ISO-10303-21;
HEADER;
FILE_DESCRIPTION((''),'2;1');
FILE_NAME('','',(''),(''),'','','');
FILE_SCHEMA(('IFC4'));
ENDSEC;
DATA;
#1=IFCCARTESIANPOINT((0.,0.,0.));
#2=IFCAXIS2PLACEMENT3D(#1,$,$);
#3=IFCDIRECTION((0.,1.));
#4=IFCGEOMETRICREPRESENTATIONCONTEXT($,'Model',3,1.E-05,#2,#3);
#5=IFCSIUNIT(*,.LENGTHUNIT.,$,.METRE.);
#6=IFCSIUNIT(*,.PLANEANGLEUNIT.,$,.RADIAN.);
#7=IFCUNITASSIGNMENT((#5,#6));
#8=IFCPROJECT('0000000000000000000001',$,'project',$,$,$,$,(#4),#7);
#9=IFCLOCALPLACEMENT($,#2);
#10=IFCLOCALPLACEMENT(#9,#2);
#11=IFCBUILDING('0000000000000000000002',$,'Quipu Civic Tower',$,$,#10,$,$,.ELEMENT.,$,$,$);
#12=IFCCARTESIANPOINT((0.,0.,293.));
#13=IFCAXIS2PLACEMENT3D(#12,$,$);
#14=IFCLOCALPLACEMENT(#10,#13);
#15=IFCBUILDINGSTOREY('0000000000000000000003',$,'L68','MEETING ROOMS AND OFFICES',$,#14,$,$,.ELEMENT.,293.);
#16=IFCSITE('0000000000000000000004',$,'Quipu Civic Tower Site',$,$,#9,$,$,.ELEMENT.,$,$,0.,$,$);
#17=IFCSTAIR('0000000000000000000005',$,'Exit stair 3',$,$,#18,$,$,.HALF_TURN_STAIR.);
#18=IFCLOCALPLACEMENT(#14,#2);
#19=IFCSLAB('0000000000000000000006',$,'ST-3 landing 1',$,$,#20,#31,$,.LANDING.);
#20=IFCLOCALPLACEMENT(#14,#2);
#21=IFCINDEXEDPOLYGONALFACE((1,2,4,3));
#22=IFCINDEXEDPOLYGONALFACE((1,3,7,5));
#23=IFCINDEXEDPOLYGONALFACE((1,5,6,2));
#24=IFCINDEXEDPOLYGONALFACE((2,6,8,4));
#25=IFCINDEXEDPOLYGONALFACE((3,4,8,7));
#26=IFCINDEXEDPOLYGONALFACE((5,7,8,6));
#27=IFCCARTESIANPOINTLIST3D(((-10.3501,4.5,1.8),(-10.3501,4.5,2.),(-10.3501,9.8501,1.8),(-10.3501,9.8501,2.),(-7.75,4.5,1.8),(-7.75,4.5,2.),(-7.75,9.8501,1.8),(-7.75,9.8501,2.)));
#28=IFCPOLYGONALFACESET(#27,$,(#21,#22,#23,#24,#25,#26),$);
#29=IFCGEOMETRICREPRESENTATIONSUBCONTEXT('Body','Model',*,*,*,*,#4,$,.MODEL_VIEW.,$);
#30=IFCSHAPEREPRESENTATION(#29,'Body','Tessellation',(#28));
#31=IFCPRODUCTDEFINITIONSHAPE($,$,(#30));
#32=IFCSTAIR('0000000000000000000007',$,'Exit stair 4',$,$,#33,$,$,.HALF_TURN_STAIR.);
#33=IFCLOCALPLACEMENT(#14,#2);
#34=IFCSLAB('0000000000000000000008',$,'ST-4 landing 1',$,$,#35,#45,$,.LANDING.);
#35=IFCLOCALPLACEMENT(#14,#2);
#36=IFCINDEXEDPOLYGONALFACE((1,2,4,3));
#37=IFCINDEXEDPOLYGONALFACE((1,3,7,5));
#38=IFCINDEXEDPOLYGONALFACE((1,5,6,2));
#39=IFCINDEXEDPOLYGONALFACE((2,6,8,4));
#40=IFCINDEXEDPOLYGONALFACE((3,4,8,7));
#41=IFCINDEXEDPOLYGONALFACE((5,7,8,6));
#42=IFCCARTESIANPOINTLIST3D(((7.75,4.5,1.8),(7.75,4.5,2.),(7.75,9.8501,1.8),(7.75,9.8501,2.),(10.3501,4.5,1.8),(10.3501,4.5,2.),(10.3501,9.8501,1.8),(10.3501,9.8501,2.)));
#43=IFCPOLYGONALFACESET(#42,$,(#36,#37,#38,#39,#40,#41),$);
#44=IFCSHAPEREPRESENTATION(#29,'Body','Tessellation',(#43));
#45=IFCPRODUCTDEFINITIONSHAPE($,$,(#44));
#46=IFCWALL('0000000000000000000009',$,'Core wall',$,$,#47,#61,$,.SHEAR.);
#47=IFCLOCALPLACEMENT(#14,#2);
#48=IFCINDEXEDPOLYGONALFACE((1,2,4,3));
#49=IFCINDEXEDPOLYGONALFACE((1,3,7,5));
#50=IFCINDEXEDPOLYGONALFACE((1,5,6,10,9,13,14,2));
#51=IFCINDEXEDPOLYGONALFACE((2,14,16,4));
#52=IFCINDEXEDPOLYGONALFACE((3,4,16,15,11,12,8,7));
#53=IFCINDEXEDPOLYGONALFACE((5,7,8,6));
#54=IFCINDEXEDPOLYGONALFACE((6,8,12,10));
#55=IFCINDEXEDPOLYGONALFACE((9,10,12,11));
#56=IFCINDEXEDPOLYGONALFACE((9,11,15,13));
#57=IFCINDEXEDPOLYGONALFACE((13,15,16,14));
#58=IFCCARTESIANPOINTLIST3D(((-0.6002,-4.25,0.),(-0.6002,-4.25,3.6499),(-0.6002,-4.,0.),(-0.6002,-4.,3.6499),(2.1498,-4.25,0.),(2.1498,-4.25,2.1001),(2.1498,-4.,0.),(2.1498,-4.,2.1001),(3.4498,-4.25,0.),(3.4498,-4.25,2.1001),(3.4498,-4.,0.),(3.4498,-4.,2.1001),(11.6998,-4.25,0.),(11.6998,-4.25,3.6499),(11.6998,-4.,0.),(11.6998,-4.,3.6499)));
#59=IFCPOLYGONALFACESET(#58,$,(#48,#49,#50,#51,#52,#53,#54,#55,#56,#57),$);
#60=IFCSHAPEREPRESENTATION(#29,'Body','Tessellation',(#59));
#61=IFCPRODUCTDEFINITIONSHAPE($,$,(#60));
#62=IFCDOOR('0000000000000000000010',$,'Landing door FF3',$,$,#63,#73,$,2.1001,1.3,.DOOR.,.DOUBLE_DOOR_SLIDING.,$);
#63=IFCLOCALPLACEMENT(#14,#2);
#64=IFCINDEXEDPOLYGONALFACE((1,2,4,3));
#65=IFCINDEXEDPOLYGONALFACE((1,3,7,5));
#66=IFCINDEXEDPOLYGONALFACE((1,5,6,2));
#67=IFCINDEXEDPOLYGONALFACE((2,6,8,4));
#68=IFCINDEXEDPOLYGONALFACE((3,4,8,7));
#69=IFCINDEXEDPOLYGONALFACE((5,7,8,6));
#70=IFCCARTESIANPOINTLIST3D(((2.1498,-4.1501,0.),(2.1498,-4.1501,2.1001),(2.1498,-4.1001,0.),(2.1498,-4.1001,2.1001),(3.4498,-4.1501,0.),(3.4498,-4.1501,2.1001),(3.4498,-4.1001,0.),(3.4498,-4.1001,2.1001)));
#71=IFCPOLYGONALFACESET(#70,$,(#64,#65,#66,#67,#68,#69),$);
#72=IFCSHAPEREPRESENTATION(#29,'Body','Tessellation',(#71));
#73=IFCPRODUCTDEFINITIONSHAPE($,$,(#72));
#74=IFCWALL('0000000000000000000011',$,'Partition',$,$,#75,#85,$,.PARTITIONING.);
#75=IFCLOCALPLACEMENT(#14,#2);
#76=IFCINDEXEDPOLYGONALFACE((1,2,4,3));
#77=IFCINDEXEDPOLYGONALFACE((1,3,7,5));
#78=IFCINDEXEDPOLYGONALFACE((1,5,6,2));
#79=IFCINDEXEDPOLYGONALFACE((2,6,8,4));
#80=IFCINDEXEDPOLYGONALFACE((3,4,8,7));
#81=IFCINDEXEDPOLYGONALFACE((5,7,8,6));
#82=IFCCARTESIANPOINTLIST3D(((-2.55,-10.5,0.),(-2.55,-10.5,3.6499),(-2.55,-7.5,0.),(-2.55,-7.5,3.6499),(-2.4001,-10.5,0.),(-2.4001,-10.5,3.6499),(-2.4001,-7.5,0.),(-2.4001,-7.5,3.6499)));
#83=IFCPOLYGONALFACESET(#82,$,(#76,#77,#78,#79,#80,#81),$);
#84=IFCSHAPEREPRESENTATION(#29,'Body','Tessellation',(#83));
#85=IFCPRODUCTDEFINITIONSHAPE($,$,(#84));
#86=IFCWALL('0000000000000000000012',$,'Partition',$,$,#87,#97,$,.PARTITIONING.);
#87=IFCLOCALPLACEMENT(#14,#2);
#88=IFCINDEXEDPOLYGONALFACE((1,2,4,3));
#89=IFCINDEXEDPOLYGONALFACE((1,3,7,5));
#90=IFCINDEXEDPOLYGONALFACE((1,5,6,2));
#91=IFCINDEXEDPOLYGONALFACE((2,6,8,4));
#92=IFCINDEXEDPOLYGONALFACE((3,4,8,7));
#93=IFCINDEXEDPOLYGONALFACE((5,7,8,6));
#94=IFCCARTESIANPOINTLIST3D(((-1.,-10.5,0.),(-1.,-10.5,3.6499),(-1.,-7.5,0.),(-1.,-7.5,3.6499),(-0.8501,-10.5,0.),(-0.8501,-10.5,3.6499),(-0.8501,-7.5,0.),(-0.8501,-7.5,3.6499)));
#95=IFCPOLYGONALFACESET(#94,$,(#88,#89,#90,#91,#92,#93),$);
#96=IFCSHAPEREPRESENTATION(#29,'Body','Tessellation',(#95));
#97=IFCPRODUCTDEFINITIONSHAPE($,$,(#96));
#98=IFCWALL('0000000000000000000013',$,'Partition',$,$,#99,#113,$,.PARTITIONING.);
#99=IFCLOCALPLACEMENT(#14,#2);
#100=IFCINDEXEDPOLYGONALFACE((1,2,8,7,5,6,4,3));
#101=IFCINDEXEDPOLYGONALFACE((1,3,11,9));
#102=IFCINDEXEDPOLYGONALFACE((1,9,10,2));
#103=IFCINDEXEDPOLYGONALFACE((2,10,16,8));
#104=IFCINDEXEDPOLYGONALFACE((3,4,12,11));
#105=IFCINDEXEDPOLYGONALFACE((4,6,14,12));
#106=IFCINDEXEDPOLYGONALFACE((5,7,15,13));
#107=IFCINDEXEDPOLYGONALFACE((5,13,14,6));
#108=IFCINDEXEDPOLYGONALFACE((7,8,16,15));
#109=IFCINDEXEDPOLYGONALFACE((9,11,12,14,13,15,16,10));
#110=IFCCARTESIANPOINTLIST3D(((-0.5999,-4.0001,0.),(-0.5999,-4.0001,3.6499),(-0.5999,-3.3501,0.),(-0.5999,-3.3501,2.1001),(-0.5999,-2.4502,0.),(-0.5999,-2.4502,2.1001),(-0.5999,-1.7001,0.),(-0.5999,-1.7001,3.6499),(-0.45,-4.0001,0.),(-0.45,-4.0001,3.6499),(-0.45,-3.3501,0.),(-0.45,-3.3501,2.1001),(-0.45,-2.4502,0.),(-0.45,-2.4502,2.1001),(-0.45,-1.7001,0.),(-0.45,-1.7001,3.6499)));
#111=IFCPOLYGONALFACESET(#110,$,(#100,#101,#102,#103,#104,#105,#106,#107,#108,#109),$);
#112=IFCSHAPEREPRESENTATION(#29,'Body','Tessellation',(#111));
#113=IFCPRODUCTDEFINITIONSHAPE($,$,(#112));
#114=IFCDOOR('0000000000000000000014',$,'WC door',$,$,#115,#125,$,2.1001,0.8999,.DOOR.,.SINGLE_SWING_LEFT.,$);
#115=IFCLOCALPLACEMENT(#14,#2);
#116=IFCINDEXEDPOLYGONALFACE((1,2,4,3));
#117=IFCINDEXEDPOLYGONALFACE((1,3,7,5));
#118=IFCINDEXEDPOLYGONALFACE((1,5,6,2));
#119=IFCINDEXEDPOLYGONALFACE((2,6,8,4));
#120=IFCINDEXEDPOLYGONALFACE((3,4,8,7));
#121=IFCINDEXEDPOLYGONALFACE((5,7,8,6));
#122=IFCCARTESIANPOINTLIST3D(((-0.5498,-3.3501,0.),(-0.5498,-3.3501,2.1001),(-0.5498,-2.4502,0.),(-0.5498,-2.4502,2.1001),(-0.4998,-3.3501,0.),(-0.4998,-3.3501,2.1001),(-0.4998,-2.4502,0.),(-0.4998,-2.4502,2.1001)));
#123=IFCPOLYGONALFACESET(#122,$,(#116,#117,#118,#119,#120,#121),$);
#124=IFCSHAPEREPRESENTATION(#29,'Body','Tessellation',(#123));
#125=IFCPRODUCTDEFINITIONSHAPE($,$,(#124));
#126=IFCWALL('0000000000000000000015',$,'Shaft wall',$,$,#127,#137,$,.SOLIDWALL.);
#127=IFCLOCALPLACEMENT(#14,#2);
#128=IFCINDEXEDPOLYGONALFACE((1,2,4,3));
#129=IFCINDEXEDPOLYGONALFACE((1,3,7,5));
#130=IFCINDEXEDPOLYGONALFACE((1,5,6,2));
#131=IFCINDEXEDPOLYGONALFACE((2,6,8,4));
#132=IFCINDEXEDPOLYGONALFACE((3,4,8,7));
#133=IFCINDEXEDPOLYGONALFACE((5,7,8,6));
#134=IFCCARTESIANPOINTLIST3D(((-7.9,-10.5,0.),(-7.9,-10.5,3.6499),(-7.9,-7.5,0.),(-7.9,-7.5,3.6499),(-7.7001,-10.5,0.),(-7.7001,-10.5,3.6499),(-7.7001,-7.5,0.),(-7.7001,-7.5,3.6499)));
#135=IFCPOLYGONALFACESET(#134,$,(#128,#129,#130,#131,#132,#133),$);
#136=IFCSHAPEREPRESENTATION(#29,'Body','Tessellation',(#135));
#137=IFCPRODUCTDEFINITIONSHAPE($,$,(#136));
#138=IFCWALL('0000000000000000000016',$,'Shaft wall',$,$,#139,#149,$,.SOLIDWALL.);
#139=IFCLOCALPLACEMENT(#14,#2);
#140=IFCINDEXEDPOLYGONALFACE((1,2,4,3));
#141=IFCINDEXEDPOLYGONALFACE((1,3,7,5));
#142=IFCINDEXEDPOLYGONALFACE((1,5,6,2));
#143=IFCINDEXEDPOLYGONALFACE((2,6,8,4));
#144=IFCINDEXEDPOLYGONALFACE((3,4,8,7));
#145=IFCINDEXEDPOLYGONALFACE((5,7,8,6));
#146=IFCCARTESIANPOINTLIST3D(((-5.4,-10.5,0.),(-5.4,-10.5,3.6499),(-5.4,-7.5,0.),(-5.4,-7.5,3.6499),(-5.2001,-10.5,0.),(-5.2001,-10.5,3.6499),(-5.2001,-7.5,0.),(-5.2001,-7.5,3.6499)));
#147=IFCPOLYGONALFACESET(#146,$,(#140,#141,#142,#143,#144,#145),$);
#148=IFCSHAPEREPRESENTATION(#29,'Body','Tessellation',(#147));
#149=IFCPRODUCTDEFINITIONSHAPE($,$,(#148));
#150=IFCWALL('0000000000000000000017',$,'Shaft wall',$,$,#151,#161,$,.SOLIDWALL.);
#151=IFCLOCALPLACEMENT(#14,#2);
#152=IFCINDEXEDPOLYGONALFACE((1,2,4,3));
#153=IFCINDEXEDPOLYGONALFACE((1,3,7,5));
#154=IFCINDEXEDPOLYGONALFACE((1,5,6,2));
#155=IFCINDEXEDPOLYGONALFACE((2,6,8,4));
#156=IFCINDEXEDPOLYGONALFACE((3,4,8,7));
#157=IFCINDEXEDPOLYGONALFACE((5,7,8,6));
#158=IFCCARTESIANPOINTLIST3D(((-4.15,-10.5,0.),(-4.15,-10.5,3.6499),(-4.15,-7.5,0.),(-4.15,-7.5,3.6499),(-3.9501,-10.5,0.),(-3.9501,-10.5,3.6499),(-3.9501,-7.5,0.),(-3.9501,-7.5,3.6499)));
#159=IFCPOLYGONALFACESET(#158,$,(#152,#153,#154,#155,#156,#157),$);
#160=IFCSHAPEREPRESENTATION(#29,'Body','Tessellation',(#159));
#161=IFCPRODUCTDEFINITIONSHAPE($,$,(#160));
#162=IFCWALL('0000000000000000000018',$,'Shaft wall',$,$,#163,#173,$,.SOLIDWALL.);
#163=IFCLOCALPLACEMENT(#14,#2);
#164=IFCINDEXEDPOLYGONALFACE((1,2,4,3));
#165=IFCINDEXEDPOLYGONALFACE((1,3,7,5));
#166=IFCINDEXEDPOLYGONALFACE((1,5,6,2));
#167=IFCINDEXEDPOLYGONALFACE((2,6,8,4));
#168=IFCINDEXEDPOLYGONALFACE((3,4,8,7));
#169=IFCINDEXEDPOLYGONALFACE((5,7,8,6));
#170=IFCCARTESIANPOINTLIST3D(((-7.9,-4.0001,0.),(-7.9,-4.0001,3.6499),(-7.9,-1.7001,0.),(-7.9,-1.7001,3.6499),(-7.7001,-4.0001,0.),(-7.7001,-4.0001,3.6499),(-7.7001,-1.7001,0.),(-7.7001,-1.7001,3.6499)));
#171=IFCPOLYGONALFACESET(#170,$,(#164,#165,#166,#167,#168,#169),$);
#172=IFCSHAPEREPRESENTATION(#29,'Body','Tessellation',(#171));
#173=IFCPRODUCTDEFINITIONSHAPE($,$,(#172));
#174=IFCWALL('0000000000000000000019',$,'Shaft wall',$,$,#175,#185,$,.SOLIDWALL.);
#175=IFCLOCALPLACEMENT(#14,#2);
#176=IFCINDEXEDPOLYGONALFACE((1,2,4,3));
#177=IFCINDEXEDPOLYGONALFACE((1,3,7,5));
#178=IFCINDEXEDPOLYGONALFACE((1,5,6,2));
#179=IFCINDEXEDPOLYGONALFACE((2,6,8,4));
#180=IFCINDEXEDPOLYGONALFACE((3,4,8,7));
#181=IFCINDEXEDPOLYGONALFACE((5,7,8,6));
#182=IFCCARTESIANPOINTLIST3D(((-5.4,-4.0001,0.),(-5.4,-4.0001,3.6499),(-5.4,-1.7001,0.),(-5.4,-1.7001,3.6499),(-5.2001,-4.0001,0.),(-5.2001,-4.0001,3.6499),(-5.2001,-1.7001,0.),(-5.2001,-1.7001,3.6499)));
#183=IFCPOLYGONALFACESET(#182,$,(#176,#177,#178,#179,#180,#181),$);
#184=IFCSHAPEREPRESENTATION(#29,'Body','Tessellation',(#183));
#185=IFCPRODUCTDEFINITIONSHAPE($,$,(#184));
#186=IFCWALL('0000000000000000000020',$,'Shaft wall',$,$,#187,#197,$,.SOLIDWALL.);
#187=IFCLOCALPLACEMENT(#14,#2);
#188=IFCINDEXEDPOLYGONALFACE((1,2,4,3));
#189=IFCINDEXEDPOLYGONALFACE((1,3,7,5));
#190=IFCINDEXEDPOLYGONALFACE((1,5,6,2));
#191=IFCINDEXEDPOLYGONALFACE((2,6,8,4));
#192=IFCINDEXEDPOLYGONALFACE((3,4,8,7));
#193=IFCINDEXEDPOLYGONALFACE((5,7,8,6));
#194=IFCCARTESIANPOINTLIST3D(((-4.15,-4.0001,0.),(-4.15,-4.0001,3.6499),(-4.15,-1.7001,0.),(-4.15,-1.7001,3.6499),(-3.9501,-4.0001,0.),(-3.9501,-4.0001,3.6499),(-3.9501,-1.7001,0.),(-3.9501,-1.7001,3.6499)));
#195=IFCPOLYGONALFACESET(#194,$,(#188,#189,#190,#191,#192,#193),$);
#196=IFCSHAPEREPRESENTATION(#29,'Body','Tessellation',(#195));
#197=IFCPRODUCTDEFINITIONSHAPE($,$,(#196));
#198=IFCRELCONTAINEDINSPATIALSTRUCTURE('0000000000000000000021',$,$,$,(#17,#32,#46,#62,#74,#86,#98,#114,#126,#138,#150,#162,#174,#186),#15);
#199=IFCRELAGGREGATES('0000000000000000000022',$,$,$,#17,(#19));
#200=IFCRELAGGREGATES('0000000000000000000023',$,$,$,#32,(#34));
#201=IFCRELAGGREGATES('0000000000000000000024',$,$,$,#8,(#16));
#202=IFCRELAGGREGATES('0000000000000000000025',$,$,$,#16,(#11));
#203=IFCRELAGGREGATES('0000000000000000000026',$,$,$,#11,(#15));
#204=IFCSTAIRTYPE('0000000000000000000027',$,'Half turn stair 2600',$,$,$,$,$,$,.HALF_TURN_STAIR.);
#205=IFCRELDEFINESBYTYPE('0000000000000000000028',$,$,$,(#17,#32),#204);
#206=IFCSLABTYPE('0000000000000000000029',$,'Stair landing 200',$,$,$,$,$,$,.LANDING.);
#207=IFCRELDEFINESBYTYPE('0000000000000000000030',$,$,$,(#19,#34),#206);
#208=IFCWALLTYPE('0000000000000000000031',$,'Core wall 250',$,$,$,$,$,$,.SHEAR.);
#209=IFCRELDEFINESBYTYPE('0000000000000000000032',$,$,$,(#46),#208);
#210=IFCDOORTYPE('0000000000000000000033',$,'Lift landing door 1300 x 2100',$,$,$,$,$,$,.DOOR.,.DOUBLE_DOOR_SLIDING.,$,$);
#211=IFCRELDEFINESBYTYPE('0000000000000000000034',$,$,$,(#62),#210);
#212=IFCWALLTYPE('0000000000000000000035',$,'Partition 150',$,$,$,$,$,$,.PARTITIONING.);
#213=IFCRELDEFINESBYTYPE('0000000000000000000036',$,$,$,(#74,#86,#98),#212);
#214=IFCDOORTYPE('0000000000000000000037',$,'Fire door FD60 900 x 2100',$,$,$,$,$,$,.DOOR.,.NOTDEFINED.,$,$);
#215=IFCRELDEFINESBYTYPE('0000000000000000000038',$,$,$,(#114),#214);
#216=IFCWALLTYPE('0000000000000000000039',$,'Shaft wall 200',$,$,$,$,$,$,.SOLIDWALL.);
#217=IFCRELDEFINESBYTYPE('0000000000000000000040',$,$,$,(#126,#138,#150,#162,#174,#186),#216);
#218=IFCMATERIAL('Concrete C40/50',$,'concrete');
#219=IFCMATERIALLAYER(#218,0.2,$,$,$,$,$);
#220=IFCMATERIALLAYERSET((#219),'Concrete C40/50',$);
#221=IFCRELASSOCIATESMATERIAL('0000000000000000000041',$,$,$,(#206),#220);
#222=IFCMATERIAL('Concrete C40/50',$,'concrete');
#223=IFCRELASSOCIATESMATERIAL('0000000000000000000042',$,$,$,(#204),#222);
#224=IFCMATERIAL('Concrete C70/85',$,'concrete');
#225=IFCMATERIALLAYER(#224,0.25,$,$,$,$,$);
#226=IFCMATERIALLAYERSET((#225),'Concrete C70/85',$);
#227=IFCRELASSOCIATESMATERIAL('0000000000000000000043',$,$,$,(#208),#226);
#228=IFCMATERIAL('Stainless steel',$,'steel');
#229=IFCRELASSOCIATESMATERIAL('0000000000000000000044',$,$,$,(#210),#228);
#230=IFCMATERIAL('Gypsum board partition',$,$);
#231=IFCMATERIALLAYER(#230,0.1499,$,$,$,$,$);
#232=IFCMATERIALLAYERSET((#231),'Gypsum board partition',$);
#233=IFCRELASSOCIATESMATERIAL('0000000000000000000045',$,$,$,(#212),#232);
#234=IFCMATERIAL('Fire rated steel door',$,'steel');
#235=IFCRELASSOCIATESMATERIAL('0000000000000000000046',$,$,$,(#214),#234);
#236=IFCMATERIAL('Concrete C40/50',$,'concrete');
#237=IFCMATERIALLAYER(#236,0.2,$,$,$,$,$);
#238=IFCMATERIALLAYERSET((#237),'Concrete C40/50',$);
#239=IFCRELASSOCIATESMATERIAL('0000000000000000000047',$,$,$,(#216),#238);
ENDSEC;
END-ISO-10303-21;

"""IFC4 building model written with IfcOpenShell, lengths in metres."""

from ifc_helpers import new_model, si_unit, direction, frame, frame_2d, origin, place, context, subcontext, project, spatial, polyline, rectangle, outline, extrude, material, layer, layer_set, type_object, element, fill, aggregate, save


model = new_model("IFC4")

# Units and contexts
model_context = context("Model", 3, precision=1e-05, world=origin(), true_north=direction((0.0, 1.0)))
body_context = subcontext(model_context, "Body", "Model", "MODEL_VIEW")
ifc_project = project(units=[si_unit("LENGTHUNIT", "METRE"), si_unit("PLANEANGLEUNIT", "RADIAN")], contexts=[model_context])

# Site, building, storey
site_placement = place(None, origin())
site = spatial("IfcSite", under=ifc_project, at=site_placement, Name="Quipu Civic Tower Site", CompositionType="ELEMENT", RefElevation=0.0)
building_placement = place(site_placement, origin())
building = spatial("IfcBuilding", under=site, at=building_placement, Name="Quipu Civic Tower", CompositionType="ELEMENT")
storey_placement = place(building_placement, frame((0.0, 0.0, 293.0)))
storey = spatial("IfcBuildingStorey", under=building, at=storey_placement, Name="L68", Description="MEETING ROOMS AND OFFICES", CompositionType="ELEMENT", Elevation=293.0)

# Stairs, slabs
ifc_material_1 = material(Name="Concrete C40/50", Category="concrete")
ifc_layer_1 = layer(ifc_material_1, 0.2)
ifc_layer_set_1 = layer_set([ifc_layer_1], Name="Concrete C40/50")
slab_type_1 = type_object("IfcSlabType", Name="Stair landing 200", PredefinedType="LANDING", material=ifc_layer_set_1)
ifc_material_2 = material(Name="Concrete C40/50", Category="concrete")
stair_type_1 = type_object("IfcStairType", Name="Half turn stair 2600", PredefinedType="HALF_TURN_STAIR", material=ifc_material_2)
stair_1_placement = place(storey_placement, origin())
stair_1 = element("IfcStair", 1, at=stair_1_placement, inside=storey, type_object=stair_type_1, Name="Exit stair 3", PredefinedType="HALF_TURN_STAIR")
slab_1_placement = place(storey_placement, frame((0.0, 0.0, 1.8)))
slab_1 = element("IfcSlab", 2, at=slab_1_placement, type_object=slab_type_1, Name="ST-3 landing 1", PredefinedType="LANDING", context=body_context, shape_type="SweptSolid", body=[
    extrude(outline(polyline([(-10.3501, 4.5), (-7.75, 4.5), (-7.75, 9.8501), (-10.3501, 9.8501), (-10.3501, 4.5)])), origin(), (0.0, 0.0, 1.0), 0.2),
])
aggregate(stair_1, [slab_1])
stair_2_placement = place(storey_placement, origin())
stair_2 = element("IfcStair", 3, at=stair_2_placement, inside=storey, type_object=stair_type_1, Name="Exit stair 4", PredefinedType="HALF_TURN_STAIR")
slab_2_placement = place(storey_placement, frame((0.0, 0.0, 1.8)))
slab_2 = element("IfcSlab", 4, at=slab_2_placement, type_object=slab_type_1, Name="ST-4 landing 1", PredefinedType="LANDING", context=body_context, shape_type="SweptSolid", body=[
    extrude(outline(polyline([(10.3501, 9.8501), (7.75, 9.8501), (7.75, 4.5), (10.3501, 4.5), (10.3501, 9.8501)])), origin(), (0.0, 0.0, 1.0), 0.2),
])
aggregate(stair_2, [slab_2])

# Wall, opening, door
ifc_material_3 = material(Name="Concrete C70/85", Category="concrete")
ifc_layer_2 = layer(ifc_material_3, 0.25)
ifc_layer_set_2 = layer_set([ifc_layer_2], Name="Concrete C70/85")
wall_type_1 = type_object("IfcWallType", Name="Core wall 250", PredefinedType="SHEAR", material=ifc_layer_set_2)
wall_1_placement = place(storey_placement, frame((-0.6001, -4.125, 0.0), z_axis=(0.0, 0.0, 1.0), x_axis=(1.0, 0.0, 0.0)))
wall_1 = element("IfcWall", 5, at=wall_1_placement, inside=storey, type_object=wall_type_1, Name="Core wall", PredefinedType="SHEAR", context=body_context, shape_type="SweptSolid", body=[
    extrude(rectangle(XDim=12.3, YDim=0.25, at=frame_2d((6.1499, 0.0))), origin(), (0.0, 0.0, 1.0), 3.6499),
])
opening_1_placement = place(wall_1_placement, frame((2.75, 0.0, 0.0)))
opening_1 = element("IfcOpeningElement", 6, at=opening_1_placement, cuts=wall_1, PredefinedType="OPENING", context=body_context, shape_type="SweptSolid", body=[
    extrude(rectangle(XDim=1.3, YDim=2.1001, at=frame_2d((0.6499, 1.05))), frame((0.0, 0.135, 0.0), z_axis=(0.0, -1.0, 0.0), x_axis=(1.0, 0.0, 0.0)), (0.0, 0.0, 1.0), 0.27),
])
ifc_material_4 = material(Name="Stainless steel", Category="steel")
door_type_1 = type_object("IfcDoorType", Name="Lift landing door 1300 x 2100", OperationType="DOUBLE_DOOR_SLIDING", PredefinedType="DOOR", material=ifc_material_4)
door_1_placement = place(opening_1_placement, origin())
door_1 = element("IfcDoor", 7, at=door_1_placement, inside=storey, type_object=door_type_1, Name="Landing door FF3", OperationType="DOUBLE_DOOR_SLIDING", OverallHeight=2.1001, OverallWidth=1.3, PredefinedType="DOOR", context=body_context, shape_type="SweptSolid", body=[
    extrude(rectangle(XDim=1.3, YDim=2.1001, at=frame_2d((0.6499, 1.05))), frame((0.0, 0.0249, 0.0), z_axis=(0.0, -1.0, 0.0), x_axis=(1.0, 0.0, 0.0)), (0.0, 0.0, 1.0), 0.05),
])
fill(opening_1, door_1)

# Walls
ifc_material_5 = material(Name="Gypsum board partition")
ifc_layer_3 = layer(ifc_material_5, 0.1499)
ifc_layer_set_3 = layer_set([ifc_layer_3], Name="Gypsum board partition")
wall_type_2 = type_object("IfcWallType", Name="Partition 150", PredefinedType="PARTITIONING", material=ifc_layer_set_3)
for number, where, z_axis, x_axis, name in (
    (8, (-2.4751, -10.5, 0.0), (0.0, 0.0, 1.0), (0.0, 1.0, 0.0), "Partition"),
    (9, (-0.925, -10.5, 0.0), (0.0, 0.0, 1.0), (0.0, 1.0, 0.0), "Partition"),
):
    element("IfcWall", number, at=place(storey_placement, frame(where, z_axis=z_axis, x_axis=x_axis)), inside=storey, type_object=wall_type_2, Name=name, PredefinedType="PARTITIONING", context=body_context, shape_type="SweptSolid", body=[
        extrude(rectangle(XDim=3.0, YDim=0.1499, at=frame_2d((1.5, 0.0))), origin(), (0.0, 0.0, 1.0), 3.6499),
    ])

# Wall, opening, door
wall_2_placement = place(storey_placement, frame((-0.5249, -4.0, 0.0), z_axis=(0.0, 0.0, 1.0), x_axis=(0.0, 1.0, 0.0)))
wall_2 = element("IfcWall", 10, at=wall_2_placement, inside=storey, type_object=wall_type_2, Name="Partition", PredefinedType="PARTITIONING", context=body_context, shape_type="SweptSolid", body=[
    extrude(rectangle(XDim=2.3, YDim=0.1499, at=frame_2d((1.1499, 0.0))), origin(), (0.0, 0.0, 1.0), 3.6499),
])
opening_2_placement = place(wall_2_placement, frame((0.6499, 0.0, 0.0)))
opening_2 = element("IfcOpeningElement", 11, at=opening_2_placement, cuts=wall_2, PredefinedType="OPENING", context=body_context, shape_type="SweptSolid", body=[
    extrude(rectangle(XDim=0.8999, YDim=2.1001, at=frame_2d((0.45, 1.05))), frame((0.0, 0.085, 0.0), z_axis=(0.0, -1.0, 0.0), x_axis=(1.0, 0.0, 0.0)), (0.0, 0.0, 1.0), 0.1699),
])
ifc_material_6 = material(Name="Fire rated steel door", Category="steel")
door_type_2 = type_object("IfcDoorType", Name="Fire door FD60 900 x 2100", OperationType="NOTDEFINED", PredefinedType="DOOR", material=ifc_material_6)
door_2_placement = place(opening_2_placement, origin())
door_2 = element("IfcDoor", 12, at=door_2_placement, inside=storey, type_object=door_type_2, Name="WC door", OperationType="SINGLE_SWING_LEFT", OverallHeight=2.1001, OverallWidth=0.8999, PredefinedType="DOOR", context=body_context, shape_type="SweptSolid", body=[
    extrude(rectangle(XDim=0.8999, YDim=2.1001, at=frame_2d((0.45, 1.05))), frame((0.0, 0.0249, 0.0), z_axis=(0.0, -1.0, 0.0), x_axis=(1.0, 0.0, 0.0)), (0.0, 0.0, 1.0), 0.05),
])
fill(opening_2, door_2)

# Walls
ifc_material_7 = material(Name="Concrete C40/50", Category="concrete")
ifc_layer_4 = layer(ifc_material_7, 0.2)
ifc_layer_set_4 = layer_set([ifc_layer_4], Name="Concrete C40/50")
wall_type_3 = type_object("IfcWallType", Name="Shaft wall 200", PredefinedType="SOLIDWALL", material=ifc_layer_set_4)
for number, where, z_axis, x_axis, name in (
    (13, (-7.8, -10.5, 0.0), (0.0, 0.0, 1.0), (0.0, 1.0, 0.0), "Shaft wall"),
    (14, (-5.3, -10.5, 0.0), (0.0, 0.0, 1.0), (0.0, 1.0, 0.0), "Shaft wall"),
    (15, (-4.05, -10.5, 0.0), (0.0, 0.0, 1.0), (0.0, 1.0, 0.0), "Shaft wall"),
):
    element("IfcWall", number, at=place(storey_placement, frame(where, z_axis=z_axis, x_axis=x_axis)), inside=storey, type_object=wall_type_3, Name=name, PredefinedType="SOLIDWALL", context=body_context, shape_type="SweptSolid", body=[
        extrude(rectangle(XDim=3.0, YDim=0.2, at=frame_2d((1.5, 0.0))), origin(), (0.0, 0.0, 1.0), 3.6499),
    ])
for number, where, z_axis, x_axis, name in (
    (16, (-7.8, -4.0, 0.0), (0.0, 0.0, 1.0), (0.0, 1.0, 0.0), "Shaft wall"),
    (17, (-5.3, -4.0, 0.0), (0.0, 0.0, 1.0), (0.0, 1.0, 0.0), "Shaft wall"),
    (18, (-4.05, -4.0, 0.0), (0.0, 0.0, 1.0), (0.0, 1.0, 0.0), "Shaft wall"),
):
    element("IfcWall", number, at=place(storey_placement, frame(where, z_axis=z_axis, x_axis=x_axis)), inside=storey, type_object=wall_type_3, Name=name, PredefinedType="SOLIDWALL", context=body_context, shape_type="SweptSolid", body=[
        extrude(rectangle(XDim=2.3, YDim=0.2, at=frame_2d((1.1499, 0.0))), origin(), (0.0, 0.0, 1.0), 3.6499),
    ])

save(model, "model.ifc")
